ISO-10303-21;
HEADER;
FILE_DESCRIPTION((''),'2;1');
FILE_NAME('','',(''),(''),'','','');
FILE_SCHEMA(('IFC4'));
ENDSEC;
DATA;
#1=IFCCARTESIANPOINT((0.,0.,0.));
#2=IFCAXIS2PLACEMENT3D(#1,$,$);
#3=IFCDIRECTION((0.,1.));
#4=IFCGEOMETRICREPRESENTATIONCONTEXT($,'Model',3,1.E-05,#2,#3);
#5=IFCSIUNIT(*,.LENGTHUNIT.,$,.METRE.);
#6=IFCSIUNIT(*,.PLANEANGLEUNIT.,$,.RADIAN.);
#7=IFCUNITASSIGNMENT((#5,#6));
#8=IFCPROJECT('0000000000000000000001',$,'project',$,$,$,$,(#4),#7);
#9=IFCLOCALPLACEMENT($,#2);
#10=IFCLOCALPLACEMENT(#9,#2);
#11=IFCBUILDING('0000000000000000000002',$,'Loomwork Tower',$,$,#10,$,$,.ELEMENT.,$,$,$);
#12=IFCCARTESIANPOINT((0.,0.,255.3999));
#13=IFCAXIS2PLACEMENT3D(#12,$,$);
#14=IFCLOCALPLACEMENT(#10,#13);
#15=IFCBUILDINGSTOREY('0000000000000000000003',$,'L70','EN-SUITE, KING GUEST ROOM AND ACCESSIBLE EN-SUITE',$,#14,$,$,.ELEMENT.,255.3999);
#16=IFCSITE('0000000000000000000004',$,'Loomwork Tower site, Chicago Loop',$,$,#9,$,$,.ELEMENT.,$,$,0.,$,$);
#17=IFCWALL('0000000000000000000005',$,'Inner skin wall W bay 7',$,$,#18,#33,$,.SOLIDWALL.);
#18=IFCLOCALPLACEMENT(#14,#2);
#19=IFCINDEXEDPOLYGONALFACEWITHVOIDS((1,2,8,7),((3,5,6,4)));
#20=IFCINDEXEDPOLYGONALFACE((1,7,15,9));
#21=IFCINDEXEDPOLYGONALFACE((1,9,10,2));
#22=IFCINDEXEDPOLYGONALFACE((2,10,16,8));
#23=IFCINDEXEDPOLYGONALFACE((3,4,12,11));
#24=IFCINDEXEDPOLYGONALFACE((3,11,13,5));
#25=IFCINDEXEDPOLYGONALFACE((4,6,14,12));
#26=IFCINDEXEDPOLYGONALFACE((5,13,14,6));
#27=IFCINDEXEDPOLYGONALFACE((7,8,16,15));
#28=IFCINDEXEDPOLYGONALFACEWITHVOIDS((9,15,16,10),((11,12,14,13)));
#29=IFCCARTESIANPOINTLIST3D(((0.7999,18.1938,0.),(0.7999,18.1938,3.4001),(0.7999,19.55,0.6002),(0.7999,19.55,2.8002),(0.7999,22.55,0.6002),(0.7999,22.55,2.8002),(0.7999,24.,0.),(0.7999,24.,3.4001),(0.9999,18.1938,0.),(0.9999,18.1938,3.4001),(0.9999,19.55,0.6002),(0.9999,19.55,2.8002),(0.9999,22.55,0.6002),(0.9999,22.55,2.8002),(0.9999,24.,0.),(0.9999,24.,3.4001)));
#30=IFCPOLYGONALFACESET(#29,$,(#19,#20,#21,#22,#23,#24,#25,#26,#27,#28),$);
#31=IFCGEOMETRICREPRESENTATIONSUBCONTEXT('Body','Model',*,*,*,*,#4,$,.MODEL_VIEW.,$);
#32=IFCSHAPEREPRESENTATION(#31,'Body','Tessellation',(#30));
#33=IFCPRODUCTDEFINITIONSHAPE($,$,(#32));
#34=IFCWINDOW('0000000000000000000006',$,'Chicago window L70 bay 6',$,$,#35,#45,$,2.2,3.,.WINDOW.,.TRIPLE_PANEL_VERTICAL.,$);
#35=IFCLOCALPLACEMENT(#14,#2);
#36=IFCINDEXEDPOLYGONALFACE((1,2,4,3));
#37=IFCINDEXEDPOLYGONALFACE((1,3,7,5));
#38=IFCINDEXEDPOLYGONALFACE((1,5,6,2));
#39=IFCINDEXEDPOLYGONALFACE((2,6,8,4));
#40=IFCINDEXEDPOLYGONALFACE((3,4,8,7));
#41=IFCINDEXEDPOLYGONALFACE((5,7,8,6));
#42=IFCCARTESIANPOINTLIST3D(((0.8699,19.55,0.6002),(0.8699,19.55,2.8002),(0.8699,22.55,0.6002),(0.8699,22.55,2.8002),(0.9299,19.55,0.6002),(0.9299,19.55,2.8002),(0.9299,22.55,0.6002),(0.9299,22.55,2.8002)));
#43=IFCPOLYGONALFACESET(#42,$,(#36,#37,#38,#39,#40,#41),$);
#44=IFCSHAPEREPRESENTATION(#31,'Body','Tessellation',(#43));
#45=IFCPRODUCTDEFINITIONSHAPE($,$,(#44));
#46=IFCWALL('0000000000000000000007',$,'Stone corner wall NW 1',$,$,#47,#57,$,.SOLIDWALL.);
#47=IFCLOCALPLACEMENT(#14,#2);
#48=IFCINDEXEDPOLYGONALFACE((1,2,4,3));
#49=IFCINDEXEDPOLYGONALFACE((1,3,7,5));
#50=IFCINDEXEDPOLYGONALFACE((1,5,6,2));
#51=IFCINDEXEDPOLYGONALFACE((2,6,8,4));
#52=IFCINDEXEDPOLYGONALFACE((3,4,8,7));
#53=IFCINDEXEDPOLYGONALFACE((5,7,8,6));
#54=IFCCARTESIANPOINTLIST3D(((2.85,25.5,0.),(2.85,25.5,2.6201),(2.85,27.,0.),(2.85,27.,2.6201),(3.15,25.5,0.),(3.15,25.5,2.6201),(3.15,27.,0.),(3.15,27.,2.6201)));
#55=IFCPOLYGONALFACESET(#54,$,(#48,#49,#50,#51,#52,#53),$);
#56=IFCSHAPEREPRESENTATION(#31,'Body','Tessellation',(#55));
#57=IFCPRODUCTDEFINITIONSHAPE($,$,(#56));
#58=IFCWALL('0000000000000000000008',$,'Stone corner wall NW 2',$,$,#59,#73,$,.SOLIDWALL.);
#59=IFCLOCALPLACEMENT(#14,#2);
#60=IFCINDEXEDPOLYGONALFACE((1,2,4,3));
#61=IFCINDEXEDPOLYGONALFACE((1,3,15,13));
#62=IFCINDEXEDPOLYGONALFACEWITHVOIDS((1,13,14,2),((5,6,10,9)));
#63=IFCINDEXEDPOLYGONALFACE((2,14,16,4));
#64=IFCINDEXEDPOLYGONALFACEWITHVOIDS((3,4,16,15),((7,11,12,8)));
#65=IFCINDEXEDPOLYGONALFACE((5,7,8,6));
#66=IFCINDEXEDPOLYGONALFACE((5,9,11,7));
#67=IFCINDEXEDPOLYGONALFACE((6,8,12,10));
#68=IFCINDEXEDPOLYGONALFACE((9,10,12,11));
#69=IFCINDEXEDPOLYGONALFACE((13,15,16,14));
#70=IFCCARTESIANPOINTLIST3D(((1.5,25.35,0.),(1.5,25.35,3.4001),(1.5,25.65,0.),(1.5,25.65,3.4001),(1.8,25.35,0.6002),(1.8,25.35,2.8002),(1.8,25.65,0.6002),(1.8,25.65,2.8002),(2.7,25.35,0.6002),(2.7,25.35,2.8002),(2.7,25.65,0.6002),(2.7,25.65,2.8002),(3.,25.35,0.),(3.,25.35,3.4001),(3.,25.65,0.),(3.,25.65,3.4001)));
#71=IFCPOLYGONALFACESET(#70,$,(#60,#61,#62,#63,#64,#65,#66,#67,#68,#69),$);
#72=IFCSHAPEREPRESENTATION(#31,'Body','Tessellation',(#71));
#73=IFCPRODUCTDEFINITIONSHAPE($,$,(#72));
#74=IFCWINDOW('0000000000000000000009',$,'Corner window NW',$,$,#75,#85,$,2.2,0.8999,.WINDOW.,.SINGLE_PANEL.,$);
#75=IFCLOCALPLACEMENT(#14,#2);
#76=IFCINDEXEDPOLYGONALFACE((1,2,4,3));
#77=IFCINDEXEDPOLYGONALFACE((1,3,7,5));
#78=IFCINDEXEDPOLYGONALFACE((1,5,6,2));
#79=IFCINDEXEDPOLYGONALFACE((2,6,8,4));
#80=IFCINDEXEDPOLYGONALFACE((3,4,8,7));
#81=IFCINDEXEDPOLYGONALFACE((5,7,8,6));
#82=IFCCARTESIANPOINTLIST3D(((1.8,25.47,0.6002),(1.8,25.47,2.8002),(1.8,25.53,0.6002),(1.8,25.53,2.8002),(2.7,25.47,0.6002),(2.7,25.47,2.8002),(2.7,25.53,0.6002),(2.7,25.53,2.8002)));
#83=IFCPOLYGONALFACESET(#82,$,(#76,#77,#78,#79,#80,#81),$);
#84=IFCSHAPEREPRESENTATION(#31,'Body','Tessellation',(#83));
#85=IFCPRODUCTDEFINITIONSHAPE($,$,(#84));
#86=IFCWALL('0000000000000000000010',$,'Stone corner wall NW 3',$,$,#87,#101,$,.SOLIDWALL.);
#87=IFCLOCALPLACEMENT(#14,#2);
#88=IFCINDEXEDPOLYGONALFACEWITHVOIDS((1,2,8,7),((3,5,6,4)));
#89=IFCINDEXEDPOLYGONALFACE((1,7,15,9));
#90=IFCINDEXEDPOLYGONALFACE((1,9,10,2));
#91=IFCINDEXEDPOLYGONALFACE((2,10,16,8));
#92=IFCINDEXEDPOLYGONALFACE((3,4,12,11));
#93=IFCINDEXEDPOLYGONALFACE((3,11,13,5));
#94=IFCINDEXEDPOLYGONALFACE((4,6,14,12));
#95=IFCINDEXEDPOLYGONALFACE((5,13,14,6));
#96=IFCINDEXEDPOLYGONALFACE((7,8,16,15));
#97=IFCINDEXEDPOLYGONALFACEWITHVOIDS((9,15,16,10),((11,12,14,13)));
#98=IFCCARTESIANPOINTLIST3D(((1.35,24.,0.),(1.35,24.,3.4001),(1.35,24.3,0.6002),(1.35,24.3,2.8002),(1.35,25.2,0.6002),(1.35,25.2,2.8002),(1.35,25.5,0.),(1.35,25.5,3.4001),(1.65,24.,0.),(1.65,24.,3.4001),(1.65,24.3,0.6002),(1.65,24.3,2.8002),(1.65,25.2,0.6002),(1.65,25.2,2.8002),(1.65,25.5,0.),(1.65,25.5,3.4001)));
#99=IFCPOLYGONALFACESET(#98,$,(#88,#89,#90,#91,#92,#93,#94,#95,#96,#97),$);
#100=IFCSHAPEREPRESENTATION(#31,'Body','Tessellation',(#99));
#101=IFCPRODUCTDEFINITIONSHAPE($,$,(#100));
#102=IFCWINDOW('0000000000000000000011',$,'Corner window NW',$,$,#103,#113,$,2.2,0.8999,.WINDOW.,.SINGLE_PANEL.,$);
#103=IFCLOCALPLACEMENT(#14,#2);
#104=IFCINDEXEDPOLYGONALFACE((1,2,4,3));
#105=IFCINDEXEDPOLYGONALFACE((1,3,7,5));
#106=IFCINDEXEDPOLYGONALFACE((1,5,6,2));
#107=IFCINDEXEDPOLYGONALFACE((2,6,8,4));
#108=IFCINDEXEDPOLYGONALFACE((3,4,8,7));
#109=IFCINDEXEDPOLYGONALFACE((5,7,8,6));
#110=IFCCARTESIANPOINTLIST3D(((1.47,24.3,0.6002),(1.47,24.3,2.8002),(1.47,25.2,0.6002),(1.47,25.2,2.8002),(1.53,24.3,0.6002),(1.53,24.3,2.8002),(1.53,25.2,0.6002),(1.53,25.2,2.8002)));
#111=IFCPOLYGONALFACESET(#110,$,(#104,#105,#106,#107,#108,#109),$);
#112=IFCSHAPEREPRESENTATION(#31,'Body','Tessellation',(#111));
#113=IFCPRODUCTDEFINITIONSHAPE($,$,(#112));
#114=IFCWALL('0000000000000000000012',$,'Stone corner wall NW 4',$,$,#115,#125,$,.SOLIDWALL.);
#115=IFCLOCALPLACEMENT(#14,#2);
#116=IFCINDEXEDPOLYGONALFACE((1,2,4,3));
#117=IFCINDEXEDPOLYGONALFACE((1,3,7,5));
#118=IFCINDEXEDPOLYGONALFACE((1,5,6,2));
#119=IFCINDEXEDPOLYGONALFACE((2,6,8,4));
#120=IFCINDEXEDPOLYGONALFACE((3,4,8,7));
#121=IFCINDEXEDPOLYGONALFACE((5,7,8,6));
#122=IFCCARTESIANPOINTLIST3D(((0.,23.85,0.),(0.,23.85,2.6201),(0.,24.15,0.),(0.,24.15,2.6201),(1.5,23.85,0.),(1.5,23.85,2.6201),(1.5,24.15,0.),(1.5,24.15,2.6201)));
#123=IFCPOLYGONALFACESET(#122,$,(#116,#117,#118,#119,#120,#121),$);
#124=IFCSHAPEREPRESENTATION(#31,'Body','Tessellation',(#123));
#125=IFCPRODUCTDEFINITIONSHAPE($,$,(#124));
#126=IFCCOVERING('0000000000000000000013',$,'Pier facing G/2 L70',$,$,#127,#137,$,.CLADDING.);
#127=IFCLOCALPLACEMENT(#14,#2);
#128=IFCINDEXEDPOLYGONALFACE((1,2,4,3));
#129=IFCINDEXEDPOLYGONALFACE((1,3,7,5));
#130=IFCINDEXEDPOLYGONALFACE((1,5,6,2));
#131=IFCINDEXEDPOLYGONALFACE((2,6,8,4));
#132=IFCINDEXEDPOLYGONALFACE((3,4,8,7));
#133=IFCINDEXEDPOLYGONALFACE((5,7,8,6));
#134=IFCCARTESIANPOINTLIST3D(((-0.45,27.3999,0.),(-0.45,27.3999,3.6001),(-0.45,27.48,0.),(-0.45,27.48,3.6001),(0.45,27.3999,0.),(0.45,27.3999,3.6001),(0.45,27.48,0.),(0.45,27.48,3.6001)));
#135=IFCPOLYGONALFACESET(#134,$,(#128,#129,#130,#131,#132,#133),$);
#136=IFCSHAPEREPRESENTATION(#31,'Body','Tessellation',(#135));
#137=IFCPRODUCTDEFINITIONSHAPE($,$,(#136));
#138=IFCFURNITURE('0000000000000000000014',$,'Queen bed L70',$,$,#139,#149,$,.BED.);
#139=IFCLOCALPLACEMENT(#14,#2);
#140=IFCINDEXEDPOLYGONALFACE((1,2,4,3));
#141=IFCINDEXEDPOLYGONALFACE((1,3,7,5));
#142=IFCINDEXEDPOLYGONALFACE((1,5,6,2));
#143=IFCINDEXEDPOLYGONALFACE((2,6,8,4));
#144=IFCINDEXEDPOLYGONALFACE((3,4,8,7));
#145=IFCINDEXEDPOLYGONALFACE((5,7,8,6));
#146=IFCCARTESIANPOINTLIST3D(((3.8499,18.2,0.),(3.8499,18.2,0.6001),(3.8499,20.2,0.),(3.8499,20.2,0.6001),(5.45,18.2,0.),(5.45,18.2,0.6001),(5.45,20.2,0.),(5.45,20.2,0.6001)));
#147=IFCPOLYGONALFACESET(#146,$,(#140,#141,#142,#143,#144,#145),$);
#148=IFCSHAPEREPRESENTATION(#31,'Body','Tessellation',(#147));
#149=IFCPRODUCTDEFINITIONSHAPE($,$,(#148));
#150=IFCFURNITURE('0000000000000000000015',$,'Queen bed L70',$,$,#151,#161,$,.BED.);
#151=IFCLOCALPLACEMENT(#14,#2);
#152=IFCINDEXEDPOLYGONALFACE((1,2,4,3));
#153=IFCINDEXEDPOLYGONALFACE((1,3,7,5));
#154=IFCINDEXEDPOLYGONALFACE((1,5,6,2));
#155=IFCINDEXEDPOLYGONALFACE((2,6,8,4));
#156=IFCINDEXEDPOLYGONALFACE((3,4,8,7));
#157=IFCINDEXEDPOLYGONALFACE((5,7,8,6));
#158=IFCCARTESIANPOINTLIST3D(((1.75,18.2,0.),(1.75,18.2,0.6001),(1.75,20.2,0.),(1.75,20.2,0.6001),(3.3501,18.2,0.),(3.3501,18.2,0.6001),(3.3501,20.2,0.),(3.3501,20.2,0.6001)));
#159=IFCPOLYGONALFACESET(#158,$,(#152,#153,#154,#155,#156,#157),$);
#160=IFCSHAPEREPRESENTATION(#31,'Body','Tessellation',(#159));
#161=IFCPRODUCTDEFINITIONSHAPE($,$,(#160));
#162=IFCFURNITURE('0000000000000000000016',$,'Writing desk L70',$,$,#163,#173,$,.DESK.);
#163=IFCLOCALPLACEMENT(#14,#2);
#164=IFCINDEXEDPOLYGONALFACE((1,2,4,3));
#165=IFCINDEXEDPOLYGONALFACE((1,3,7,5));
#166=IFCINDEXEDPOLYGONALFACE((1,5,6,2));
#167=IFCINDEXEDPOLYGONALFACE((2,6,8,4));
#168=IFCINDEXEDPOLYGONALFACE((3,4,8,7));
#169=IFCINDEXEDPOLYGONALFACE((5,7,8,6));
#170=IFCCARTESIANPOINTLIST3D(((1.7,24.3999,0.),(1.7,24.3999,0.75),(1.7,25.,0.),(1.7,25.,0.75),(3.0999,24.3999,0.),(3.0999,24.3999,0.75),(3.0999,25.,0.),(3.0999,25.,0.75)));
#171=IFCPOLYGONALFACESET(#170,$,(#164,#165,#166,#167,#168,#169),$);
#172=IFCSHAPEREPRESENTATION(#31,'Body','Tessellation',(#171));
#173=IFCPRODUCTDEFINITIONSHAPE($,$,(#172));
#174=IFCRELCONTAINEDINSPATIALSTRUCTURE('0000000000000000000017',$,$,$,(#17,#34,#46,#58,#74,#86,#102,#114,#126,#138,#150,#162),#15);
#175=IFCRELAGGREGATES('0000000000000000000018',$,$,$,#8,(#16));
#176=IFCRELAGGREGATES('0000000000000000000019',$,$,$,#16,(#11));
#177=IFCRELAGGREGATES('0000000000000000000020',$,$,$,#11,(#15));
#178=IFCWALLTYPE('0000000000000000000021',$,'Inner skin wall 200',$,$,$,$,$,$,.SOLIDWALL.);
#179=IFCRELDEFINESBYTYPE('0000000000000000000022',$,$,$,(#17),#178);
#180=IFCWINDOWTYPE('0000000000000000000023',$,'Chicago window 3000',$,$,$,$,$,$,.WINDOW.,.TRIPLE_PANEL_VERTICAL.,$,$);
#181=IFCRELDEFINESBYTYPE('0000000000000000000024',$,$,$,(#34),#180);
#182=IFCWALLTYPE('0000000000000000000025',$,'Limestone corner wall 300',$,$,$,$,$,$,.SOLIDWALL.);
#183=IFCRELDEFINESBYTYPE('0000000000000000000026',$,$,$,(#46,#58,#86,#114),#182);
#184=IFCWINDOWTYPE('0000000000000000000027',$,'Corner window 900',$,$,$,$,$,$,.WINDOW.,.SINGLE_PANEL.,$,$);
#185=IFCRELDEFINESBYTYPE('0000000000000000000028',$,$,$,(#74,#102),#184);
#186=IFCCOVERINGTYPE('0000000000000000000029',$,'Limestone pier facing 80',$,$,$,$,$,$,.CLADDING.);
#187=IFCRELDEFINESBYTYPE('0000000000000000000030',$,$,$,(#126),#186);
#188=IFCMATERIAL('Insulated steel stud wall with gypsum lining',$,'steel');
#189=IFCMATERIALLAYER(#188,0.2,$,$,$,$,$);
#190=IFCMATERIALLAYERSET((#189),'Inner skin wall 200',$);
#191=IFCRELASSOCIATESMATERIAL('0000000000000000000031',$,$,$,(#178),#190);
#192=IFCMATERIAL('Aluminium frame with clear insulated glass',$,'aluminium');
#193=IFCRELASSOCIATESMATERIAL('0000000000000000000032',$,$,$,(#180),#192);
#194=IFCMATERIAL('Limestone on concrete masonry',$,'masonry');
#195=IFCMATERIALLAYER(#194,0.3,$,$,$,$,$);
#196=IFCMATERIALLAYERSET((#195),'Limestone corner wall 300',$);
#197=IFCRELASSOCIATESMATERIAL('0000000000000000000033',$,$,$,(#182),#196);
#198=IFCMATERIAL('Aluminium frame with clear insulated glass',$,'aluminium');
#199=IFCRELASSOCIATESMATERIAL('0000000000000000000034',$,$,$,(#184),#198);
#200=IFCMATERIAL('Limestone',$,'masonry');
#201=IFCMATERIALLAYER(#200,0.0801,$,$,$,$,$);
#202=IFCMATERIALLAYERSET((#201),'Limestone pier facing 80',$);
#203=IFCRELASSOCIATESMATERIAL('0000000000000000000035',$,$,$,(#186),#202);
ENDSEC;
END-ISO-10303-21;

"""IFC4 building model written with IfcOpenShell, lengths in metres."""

from ifc_helpers import new_model, si_unit, direction, frame, frame_2d, origin, origin_2d, place, context, subcontext, project, spatial, rectangle, extrude, material, layer, layer_set, type_object, element, fill, save


model = new_model("IFC4")

# Units and contexts
model_context = context("Model", 3, precision=1e-05, world=origin(), true_north=direction((0.0, 1.0)))
body_context = subcontext(model_context, "Body", "Model", "MODEL_VIEW")
ifc_project = project(units=[si_unit("LENGTHUNIT", "METRE"), si_unit("PLANEANGLEUNIT", "RADIAN")], contexts=[model_context])

# Site, building, storey
site_placement = place(None, origin())
site = spatial("IfcSite", under=ifc_project, at=site_placement, Name="Loomwork Tower site, Chicago Loop", CompositionType="ELEMENT", RefElevation=0.0)
building_placement = place(site_placement, origin())
building = spatial("IfcBuilding", under=site, at=building_placement, Name="Loomwork Tower", CompositionType="ELEMENT")
storey_placement = place(building_placement, frame((0.0, 0.0, 255.3999)))
storey = spatial("IfcBuildingStorey", under=building, at=storey_placement, Name="L70", Description="EN-SUITE, KING GUEST ROOM AND ACCESSIBLE EN-SUITE", CompositionType="ELEMENT", Elevation=255.3999)

# Wall, opening, window
ifc_material_1 = material(Name="Insulated steel stud wall with gypsum lining", Category="steel")
ifc_layer_1 = layer(ifc_material_1, 0.2)
ifc_layer_set_1 = layer_set([ifc_layer_1], Name="Inner skin wall 200")
wall_type_1 = type_object("IfcWallType", Name="Inner skin wall 200", PredefinedType="SOLIDWALL", material=ifc_layer_set_1)
wall_1_placement = place(storey_placement, frame((0.8999, 18.1938, 0.0), z_axis=(0.0, 0.0, 1.0), x_axis=(0.0, 1.0, 0.0)))
wall_1 = element("IfcWall", 1, at=wall_1_placement, inside=storey, type_object=wall_type_1, Name="Inner skin wall W bay 7", PredefinedType="SOLIDWALL", context=body_context, shape_type="SweptSolid", body=[
    extrude(rectangle(XDim=5.8062, YDim=0.2, at=frame_2d((2.9031, 0.0))), origin(), (0.0, 0.0, 1.0), 3.4001),
])
opening_1_placement = place(wall_1_placement, frame((1.3562, 0.0, 0.6001)))
opening_1 = element("IfcOpeningElement", 2, at=opening_1_placement, cuts=wall_1, PredefinedType="OPENING", context=body_context, shape_type="SweptSolid", body=[
    extrude(rectangle(XDim=3.0, YDim=2.2, at=frame_2d((1.5, 1.1001))), frame((0.0, 0.1099, 0.0), z_axis=(0.0, -1.0, 0.0), x_axis=(1.0, 0.0, 0.0)), (0.0, 0.0, 1.0), 0.22),
])
ifc_material_2 = material(Name="Aluminium frame with clear insulated glass", Category="aluminium")
window_type_1 = type_object("IfcWindowType", Name="Chicago window 3000", PartitioningType="TRIPLE_PANEL_VERTICAL", PredefinedType="WINDOW", material=ifc_material_2)
window_1_placement = place(opening_1_placement, origin())
window_1 = element("IfcWindow", 3, at=window_1_placement, inside=storey, type_object=window_type_1, Name="Chicago window L70 bay 6", OverallHeight=2.2, OverallWidth=3.0, PartitioningType="TRIPLE_PANEL_VERTICAL", PredefinedType="WINDOW", context=body_context, shape_type="SweptSolid", body=[
    extrude(rectangle(XDim=3.0, YDim=2.2, at=frame_2d((1.5, 1.1001))), frame((0.0, 0.03, 0.0), z_axis=(0.0, -1.0, 0.0), x_axis=(1.0, 0.0, 0.0)), (0.0, 0.0, 1.0), 0.0601),
])
fill(opening_1, window_1)

# Wall
ifc_material_3 = material(Name="Limestone on concrete masonry", Category="masonry")
ifc_layer_2 = layer(ifc_material_3, 0.3)
ifc_layer_set_2 = layer_set([ifc_layer_2], Name="Limestone corner wall 300")
wall_type_2 = type_object("IfcWallType", Name="Limestone corner wall 300", PredefinedType="SOLIDWALL", material=ifc_layer_set_2)
wall_2_placement = place(storey_placement, frame((3.0, 27.0, 0.0), z_axis=(0.0, 0.0, 1.0), x_axis=(0.0, -1.0, 0.0)))
element("IfcWall", 4, at=wall_2_placement, inside=storey, type_object=wall_type_2, Name="Stone corner wall NW 1", PredefinedType="SOLIDWALL", context=body_context, shape_type="SweptSolid", body=[
    extrude(rectangle(XDim=1.5, YDim=0.3, at=frame_2d((0.75, 0.0))), origin(), (0.0, 0.0, 1.0), 2.6201),
])

# Walls, openings, windows
wall_3_placement = place(storey_placement, frame((3.0, 25.5, 0.0), z_axis=(0.0, 0.0, 1.0), x_axis=(-1.0, 0.0, 0.0)))
wall_3 = element("IfcWall", 5, at=wall_3_placement, inside=storey, type_object=wall_type_2, Name="Stone corner wall NW 2", PredefinedType="SOLIDWALL", context=body_context, shape_type="SweptSolid", body=[
    extrude(rectangle(XDim=1.5, YDim=0.3, at=frame_2d((0.75, 0.0))), origin(), (0.0, 0.0, 1.0), 3.4001),
])
opening_2_placement = place(wall_3_placement, frame((0.3, 0.0, 0.6001)))
opening_2 = element("IfcOpeningElement", 6, at=opening_2_placement, cuts=wall_3, PredefinedType="OPENING", context=body_context, shape_type="SweptSolid", body=[
    extrude(rectangle(XDim=0.8999, YDim=2.2, at=frame_2d((0.45, 1.1001))), frame((0.0, 0.1599, 0.0), z_axis=(0.0, -1.0, 0.0), x_axis=(1.0, 0.0, 0.0)), (0.0, 0.0, 1.0), 0.3201),
])
ifc_material_4 = material(Name="Aluminium frame with clear insulated glass", Category="aluminium")
window_type_2 = type_object("IfcWindowType", Name="Corner window 900", PartitioningType="SINGLE_PANEL", PredefinedType="WINDOW", material=ifc_material_4)
window_2_placement = place(opening_2_placement, origin())
window_2 = element("IfcWindow", 7, at=window_2_placement, inside=storey, type_object=window_type_2, Name="Corner window NW", OverallHeight=2.2, OverallWidth=0.8999, PartitioningType="SINGLE_PANEL", PredefinedType="WINDOW", context=body_context, shape_type="SweptSolid", body=[
    extrude(rectangle(XDim=0.8999, YDim=2.2, at=frame_2d((0.45, 1.1001))), frame((0.0, 0.03, 0.0), z_axis=(0.0, -1.0, 0.0), x_axis=(1.0, 0.0, 0.0)), (0.0, 0.0, 1.0), 0.0601),
])
fill(opening_2, window_2)
wall_4_placement = place(storey_placement, frame((1.5, 25.5, 0.0), z_axis=(0.0, 0.0, 1.0), x_axis=(0.0, -1.0, 0.0)))
wall_4 = element("IfcWall", 8, at=wall_4_placement, inside=storey, type_object=wall_type_2, Name="Stone corner wall NW 3", PredefinedType="SOLIDWALL", context=body_context, shape_type="SweptSolid", body=[
    extrude(rectangle(XDim=1.5, YDim=0.3, at=frame_2d((0.75, 0.0))), origin(), (0.0, 0.0, 1.0), 3.4001),
])
opening_3_placement = place(wall_4_placement, frame((0.3, 0.0, 0.6001)))
opening_3 = element("IfcOpeningElement", 9, at=opening_3_placement, cuts=wall_4, PredefinedType="OPENING", context=body_context, shape_type="SweptSolid", body=[
    extrude(rectangle(XDim=0.8999, YDim=2.2, at=frame_2d((0.45, 1.1001))), frame((0.0, 0.1599, 0.0), z_axis=(0.0, -1.0, 0.0), x_axis=(1.0, 0.0, 0.0)), (0.0, 0.0, 1.0), 0.3201),
])
window_3_placement = place(opening_3_placement, origin())
window_3 = element("IfcWindow", 10, at=window_3_placement, inside=storey, type_object=window_type_2, Name="Corner window NW", OverallHeight=2.2, OverallWidth=0.8999, PartitioningType="SINGLE_PANEL", PredefinedType="WINDOW", context=body_context, shape_type="SweptSolid", body=[
    extrude(rectangle(XDim=0.8999, YDim=2.2, at=frame_2d((0.45, 1.1001))), frame((0.0, 0.03, 0.0), z_axis=(0.0, -1.0, 0.0), x_axis=(1.0, 0.0, 0.0)), (0.0, 0.0, 1.0), 0.0601),
])
fill(opening_3, window_3)

# Wall
wall_5_placement = place(storey_placement, frame((1.5, 24.0, 0.0), z_axis=(0.0, 0.0, 1.0), x_axis=(-1.0, 0.0, 0.0)))
element("IfcWall", 11, at=wall_5_placement, inside=storey, type_object=wall_type_2, Name="Stone corner wall NW 4", PredefinedType="SOLIDWALL", context=body_context, shape_type="SweptSolid", body=[
    extrude(rectangle(XDim=1.5, YDim=0.3, at=frame_2d((0.75, 0.0))), origin(), (0.0, 0.0, 1.0), 2.6201),
])

# Covering
ifc_material_5 = material(Name="Limestone", Category="masonry")
ifc_layer_3 = layer(ifc_material_5, 0.0801)
ifc_layer_set_3 = layer_set([ifc_layer_3], Name="Limestone pier facing 80")
covering_type = type_object("IfcCoveringType", Name="Limestone pier facing 80", PredefinedType="CLADDING", material=ifc_layer_set_3)
covering_placement = place(storey_placement, frame((0.0, 27.4399, 0.0), z_axis=(0.0, 0.0, 1.0), x_axis=(1.0, 0.0, 0.0)))
element("IfcCovering", 12, at=covering_placement, inside=storey, type_object=covering_type, Name="Pier facing G/2 L70", PredefinedType="CLADDING", context=body_context, shape_type="SweptSolid", body=[
    extrude(rectangle(XDim=0.8999, YDim=0.0801, at=origin_2d()), origin(), (0.0, 0.0, 1.0), 3.6001),
])

# Furniture
for number, where, z_axis, x_axis, name in (
    (13, (4.6499, 19.2, 0.0), (0.0, 0.0, 1.0), (1.0, 0.0, 0.0), "Queen bed L70"),
    (14, (2.55, 19.2, 0.0), (0.0, 0.0, 1.0), (1.0, 0.0, 0.0), "Queen bed L70"),
):
    element("IfcFurniture", number, at=place(storey_placement, frame(where, z_axis=z_axis, x_axis=x_axis)), inside=storey, Name=name, PredefinedType="BED", context=body_context, shape_type="SweptSolid", body=[
        extrude(rectangle(XDim=1.6001, YDim=2.0, at=origin_2d()), origin(), (0.0, 0.0, 1.0), 0.6001),
    ])
furniture_1_placement = place(storey_placement, frame((2.3999, 24.7, 0.0), z_axis=(0.0, 0.0, 1.0), x_axis=(1.0, 0.0, 0.0)))
element("IfcFurniture", 15, at=furniture_1_placement, inside=storey, Name="Writing desk L70", PredefinedType="DESK", context=body_context, shape_type="SweptSolid", body=[
    extrude(rectangle(XDim=1.3999, YDim=0.6001, at=origin_2d()), origin(), (0.0, 0.0, 1.0), 0.75),
])

save(model, "model.ifc")
